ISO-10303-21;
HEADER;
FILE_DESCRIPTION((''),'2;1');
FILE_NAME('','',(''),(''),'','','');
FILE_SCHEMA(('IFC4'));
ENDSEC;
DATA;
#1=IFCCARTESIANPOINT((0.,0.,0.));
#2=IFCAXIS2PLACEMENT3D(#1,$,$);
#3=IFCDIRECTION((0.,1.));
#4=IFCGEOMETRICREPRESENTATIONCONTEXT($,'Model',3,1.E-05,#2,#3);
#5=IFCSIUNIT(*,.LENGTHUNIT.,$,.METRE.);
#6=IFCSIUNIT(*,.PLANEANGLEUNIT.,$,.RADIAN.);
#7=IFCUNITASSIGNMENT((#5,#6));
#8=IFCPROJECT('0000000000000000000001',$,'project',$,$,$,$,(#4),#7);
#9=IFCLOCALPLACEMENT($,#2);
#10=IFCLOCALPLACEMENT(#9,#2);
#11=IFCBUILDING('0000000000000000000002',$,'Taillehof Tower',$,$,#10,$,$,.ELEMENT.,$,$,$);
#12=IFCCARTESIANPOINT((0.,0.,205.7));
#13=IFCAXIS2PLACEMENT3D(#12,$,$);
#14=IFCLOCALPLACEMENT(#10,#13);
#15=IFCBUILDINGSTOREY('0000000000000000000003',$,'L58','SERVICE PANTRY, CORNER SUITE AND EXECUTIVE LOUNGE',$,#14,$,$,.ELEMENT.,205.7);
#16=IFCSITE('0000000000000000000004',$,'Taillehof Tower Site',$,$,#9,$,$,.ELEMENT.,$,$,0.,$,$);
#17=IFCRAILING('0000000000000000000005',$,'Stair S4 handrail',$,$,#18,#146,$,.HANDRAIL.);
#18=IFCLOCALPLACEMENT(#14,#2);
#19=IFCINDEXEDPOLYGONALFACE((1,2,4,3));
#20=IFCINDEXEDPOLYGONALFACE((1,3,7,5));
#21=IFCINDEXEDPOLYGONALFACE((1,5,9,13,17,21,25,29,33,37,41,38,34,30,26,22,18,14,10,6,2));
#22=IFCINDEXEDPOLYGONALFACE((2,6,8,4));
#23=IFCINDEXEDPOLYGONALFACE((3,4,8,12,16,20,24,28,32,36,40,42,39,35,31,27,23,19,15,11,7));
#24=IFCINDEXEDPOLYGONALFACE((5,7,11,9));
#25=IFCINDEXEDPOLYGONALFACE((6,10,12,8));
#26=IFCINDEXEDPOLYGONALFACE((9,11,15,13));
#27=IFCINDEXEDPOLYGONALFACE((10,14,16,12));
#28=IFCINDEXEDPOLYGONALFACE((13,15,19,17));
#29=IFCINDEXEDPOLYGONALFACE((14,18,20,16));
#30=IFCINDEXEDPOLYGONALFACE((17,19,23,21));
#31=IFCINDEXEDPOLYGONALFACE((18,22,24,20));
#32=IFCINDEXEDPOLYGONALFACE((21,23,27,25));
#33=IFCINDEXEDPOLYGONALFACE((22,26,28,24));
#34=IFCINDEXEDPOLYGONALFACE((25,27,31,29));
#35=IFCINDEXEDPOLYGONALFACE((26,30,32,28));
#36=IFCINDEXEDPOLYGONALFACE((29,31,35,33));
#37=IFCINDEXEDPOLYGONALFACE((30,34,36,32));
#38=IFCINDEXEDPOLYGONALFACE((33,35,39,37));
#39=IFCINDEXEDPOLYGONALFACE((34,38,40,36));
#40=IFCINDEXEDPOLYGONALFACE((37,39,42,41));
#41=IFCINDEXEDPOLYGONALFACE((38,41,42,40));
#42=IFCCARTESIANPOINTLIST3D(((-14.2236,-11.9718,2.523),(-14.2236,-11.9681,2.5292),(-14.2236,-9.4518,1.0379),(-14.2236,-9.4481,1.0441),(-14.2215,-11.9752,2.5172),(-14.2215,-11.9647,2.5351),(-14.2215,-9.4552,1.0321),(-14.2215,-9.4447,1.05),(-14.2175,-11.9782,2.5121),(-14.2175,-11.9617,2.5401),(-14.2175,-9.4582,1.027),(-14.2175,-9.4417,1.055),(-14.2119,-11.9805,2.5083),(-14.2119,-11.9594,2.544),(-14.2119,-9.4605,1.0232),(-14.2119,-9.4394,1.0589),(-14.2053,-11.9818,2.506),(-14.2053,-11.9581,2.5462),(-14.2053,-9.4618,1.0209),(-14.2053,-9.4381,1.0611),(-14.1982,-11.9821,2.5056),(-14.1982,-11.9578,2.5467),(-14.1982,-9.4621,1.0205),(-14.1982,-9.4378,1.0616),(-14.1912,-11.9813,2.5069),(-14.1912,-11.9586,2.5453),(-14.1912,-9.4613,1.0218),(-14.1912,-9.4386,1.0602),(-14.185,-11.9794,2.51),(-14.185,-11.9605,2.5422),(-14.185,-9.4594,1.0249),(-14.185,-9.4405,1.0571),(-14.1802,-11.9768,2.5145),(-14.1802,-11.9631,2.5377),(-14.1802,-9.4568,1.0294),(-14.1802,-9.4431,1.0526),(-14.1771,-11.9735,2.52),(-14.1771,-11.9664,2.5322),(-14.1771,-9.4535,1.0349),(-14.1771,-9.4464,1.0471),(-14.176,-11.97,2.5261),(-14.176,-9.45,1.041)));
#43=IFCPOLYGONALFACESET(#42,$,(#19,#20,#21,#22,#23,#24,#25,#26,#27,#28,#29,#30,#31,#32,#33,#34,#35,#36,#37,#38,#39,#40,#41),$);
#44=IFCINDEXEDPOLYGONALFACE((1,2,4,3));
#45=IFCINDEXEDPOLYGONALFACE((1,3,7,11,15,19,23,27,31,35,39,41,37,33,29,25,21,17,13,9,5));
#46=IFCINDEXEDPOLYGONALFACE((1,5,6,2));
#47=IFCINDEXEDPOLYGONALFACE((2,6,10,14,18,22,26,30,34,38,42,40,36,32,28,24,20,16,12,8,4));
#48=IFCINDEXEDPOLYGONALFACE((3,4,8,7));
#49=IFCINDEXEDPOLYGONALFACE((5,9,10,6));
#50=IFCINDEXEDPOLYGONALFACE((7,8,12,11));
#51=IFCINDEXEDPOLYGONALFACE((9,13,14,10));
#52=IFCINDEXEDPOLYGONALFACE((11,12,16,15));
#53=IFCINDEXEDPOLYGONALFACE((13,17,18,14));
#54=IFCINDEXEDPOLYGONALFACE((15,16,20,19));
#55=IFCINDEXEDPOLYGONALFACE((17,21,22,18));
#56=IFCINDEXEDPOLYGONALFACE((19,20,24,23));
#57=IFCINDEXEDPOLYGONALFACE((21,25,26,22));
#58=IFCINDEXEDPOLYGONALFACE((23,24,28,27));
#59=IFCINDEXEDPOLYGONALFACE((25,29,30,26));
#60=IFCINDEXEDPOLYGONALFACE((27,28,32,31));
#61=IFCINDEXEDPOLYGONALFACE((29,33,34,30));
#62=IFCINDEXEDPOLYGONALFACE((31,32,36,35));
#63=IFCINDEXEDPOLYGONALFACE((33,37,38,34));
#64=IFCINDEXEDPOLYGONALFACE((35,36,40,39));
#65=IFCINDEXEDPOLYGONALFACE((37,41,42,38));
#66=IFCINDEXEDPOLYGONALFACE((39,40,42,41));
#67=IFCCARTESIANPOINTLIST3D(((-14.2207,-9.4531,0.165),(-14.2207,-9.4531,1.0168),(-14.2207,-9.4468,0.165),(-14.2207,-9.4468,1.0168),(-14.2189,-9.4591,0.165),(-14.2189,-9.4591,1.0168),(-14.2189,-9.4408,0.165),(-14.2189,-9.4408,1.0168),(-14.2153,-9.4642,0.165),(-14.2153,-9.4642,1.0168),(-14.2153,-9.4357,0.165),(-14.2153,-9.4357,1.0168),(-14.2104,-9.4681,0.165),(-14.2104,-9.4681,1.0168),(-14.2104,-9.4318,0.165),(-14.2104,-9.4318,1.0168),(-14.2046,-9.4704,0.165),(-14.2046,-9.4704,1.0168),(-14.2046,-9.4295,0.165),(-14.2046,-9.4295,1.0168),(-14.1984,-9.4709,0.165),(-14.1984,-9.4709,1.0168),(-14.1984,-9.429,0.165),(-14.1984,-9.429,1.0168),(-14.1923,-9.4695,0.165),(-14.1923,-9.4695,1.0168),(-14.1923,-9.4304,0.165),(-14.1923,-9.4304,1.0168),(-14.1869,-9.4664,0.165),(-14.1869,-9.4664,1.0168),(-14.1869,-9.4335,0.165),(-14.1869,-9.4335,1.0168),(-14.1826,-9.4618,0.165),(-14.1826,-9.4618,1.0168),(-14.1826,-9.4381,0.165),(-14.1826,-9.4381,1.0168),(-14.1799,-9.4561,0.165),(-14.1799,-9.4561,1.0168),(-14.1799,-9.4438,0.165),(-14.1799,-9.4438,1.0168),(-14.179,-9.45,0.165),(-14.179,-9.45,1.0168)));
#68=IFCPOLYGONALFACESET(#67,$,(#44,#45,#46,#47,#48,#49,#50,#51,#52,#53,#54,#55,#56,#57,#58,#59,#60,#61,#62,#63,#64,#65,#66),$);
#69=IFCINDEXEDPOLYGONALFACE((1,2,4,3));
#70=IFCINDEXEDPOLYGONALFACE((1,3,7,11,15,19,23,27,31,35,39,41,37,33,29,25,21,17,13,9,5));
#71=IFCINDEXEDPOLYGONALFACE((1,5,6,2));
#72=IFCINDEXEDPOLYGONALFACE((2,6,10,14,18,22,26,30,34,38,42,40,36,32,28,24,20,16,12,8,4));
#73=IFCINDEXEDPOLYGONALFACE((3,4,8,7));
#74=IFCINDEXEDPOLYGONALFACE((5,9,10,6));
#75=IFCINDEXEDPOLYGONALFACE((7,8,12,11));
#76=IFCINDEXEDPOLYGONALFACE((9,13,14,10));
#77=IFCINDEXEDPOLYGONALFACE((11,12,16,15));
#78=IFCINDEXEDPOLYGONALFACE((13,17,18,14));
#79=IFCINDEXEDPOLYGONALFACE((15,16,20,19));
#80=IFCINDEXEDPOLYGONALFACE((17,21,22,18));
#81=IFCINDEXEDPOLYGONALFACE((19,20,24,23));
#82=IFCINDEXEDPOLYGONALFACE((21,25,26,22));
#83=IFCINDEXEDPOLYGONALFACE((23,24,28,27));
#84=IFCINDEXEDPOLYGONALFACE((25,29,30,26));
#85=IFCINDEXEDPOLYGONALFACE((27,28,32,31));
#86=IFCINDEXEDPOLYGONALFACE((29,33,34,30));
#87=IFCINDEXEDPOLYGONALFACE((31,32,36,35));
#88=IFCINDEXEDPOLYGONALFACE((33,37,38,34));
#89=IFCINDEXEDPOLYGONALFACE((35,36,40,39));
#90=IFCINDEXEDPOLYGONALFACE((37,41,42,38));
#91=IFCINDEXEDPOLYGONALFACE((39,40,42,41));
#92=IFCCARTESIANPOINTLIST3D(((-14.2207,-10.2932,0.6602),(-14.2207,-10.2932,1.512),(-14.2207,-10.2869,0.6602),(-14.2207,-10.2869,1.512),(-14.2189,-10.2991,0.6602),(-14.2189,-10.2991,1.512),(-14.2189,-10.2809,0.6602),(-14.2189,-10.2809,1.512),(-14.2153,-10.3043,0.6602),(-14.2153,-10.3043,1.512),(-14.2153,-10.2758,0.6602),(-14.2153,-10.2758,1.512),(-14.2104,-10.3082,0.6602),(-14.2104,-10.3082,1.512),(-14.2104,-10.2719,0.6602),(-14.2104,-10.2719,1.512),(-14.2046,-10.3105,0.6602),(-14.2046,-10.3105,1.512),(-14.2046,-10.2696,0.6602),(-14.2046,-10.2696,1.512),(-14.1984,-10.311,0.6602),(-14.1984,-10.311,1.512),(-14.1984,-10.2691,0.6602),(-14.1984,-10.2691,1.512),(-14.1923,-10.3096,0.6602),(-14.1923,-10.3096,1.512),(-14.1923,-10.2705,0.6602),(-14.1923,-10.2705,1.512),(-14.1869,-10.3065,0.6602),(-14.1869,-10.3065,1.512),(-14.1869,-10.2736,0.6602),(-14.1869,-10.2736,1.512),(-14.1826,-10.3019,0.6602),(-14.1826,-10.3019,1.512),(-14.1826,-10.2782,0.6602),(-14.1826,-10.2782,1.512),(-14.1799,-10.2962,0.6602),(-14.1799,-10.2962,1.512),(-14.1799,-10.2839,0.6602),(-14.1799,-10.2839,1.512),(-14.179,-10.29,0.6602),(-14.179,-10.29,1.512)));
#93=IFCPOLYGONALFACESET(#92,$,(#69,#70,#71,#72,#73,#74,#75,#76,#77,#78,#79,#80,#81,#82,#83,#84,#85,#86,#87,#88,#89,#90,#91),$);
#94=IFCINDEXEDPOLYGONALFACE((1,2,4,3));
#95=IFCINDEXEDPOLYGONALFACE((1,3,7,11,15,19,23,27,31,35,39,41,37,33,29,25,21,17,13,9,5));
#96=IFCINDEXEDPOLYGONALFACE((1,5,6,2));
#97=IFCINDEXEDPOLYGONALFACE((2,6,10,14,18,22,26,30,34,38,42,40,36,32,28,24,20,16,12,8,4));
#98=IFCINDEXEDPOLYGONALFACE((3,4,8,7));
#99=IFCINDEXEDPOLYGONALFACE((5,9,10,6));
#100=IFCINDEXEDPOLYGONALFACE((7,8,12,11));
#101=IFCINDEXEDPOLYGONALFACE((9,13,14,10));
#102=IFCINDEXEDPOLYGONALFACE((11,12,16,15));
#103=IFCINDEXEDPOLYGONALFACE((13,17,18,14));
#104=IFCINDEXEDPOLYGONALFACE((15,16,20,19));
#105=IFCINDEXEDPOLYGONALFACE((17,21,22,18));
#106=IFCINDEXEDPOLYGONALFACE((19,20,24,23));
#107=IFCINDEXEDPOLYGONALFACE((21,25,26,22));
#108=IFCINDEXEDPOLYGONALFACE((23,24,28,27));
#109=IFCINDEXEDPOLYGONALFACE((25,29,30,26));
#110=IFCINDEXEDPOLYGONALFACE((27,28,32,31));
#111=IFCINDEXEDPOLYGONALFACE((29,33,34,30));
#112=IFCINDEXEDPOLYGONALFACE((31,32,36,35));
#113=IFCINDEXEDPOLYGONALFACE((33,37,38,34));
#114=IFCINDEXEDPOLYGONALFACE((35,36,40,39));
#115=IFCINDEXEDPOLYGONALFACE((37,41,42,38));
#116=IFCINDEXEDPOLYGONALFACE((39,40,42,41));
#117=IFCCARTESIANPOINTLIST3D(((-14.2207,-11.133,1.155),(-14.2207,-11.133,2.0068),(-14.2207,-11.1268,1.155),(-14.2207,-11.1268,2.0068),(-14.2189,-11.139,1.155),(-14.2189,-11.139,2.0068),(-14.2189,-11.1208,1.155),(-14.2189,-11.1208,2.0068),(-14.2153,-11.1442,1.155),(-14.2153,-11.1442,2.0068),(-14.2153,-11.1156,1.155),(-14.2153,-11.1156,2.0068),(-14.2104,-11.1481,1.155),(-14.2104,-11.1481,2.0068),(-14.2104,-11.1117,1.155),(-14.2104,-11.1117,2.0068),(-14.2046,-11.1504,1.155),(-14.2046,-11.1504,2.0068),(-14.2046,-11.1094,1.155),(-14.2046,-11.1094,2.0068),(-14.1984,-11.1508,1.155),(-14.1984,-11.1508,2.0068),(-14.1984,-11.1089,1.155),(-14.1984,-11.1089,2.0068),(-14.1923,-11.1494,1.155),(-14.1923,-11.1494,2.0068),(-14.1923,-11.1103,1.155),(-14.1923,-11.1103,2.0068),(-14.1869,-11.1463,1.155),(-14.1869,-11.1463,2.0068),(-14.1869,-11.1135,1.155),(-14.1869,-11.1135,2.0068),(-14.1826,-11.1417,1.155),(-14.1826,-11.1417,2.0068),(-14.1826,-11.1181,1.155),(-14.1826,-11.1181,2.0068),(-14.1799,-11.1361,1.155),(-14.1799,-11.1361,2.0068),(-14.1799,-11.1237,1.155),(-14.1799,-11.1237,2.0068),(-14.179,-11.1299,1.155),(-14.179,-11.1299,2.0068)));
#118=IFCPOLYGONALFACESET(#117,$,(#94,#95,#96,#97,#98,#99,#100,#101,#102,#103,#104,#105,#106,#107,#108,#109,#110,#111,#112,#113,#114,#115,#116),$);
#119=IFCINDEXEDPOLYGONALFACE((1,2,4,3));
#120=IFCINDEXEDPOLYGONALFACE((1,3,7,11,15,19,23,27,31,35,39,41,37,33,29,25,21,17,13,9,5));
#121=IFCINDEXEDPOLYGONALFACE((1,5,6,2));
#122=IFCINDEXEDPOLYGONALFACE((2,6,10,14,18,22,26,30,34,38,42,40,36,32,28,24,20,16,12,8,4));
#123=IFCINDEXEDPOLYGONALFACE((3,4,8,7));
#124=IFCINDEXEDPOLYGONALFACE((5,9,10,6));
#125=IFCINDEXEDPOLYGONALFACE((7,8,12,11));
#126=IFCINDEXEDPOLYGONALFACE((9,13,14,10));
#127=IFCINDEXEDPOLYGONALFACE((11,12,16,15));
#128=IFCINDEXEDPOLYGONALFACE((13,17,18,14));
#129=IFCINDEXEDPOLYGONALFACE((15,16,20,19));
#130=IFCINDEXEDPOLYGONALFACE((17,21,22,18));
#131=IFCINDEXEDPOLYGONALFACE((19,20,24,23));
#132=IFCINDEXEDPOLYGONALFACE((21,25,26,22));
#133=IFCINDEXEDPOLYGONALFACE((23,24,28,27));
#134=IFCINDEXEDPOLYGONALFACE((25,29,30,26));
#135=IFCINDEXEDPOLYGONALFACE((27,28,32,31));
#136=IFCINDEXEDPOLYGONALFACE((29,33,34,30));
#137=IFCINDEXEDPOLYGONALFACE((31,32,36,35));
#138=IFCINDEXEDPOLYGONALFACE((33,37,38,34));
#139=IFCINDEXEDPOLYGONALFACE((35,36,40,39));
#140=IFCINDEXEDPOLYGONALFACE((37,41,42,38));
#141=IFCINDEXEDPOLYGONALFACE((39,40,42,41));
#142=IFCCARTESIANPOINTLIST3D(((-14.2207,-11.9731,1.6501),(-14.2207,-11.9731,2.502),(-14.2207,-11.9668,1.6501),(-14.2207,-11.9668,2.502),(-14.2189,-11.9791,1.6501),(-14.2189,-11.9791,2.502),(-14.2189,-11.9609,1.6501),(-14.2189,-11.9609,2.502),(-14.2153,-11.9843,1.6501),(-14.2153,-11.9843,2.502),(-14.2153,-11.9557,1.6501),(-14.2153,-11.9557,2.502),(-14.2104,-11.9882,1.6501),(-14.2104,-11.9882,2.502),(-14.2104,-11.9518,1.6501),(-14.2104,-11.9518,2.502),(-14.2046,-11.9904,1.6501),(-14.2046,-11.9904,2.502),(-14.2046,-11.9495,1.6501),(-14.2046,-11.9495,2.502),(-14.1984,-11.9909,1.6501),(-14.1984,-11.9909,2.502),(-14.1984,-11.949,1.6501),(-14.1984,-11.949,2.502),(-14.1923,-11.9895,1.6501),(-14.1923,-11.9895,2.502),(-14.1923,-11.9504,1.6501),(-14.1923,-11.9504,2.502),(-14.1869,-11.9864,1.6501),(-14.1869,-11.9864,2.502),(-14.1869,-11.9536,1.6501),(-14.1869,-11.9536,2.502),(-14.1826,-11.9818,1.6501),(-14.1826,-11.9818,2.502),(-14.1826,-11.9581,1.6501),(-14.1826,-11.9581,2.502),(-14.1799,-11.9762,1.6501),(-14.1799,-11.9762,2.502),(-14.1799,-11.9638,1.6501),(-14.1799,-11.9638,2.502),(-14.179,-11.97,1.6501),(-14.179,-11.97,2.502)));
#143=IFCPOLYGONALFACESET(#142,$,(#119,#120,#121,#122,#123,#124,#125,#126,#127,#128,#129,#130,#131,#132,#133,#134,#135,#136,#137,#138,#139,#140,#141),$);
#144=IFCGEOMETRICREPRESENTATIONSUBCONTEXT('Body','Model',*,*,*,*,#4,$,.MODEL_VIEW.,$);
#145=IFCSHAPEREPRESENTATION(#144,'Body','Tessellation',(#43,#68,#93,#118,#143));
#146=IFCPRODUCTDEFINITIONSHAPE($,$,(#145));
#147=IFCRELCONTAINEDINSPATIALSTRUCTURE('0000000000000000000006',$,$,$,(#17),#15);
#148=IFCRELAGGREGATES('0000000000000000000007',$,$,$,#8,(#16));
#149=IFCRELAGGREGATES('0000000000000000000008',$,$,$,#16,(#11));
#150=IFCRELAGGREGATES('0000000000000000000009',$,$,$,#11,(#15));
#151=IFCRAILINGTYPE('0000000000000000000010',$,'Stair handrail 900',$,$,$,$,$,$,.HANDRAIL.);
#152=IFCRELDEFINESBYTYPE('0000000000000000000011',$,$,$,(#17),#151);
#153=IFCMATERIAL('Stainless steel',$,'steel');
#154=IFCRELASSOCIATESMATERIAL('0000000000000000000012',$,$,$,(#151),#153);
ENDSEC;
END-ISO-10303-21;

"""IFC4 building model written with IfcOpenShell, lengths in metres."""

from ifc_helpers import new_model, si_unit, direction, frame, origin, origin_2d, place, context, subcontext, project, spatial, circle, extrude, material, type_object, element, save


model = new_model("IFC4")

# Units and contexts
model_context = context("Model", 3, precision=1e-05, world=origin(), true_north=direction((0.0, 1.0)))
body_context = subcontext(model_context, "Body", "Model", "MODEL_VIEW")
ifc_project = project(units=[si_unit("LENGTHUNIT", "METRE"), si_unit("PLANEANGLEUNIT", "RADIAN")], contexts=[model_context])

# Site, building, storey
site_placement = place(None, origin())
site = spatial("IfcSite", under=ifc_project, at=site_placement, Name="Taillehof Tower Site", CompositionType="ELEMENT", RefElevation=0.0)
building_placement = place(site_placement, origin())
building = spatial("IfcBuilding", under=site, at=building_placement, Name="Taillehof Tower", CompositionType="ELEMENT")
storey_placement = place(building_placement, frame((0.0, 0.0, 205.7)))
storey = spatial("IfcBuildingStorey", under=building, at=storey_placement, Name="L58", Description="SERVICE PANTRY, CORNER SUITE AND EXECUTIVE LOUNGE", CompositionType="ELEMENT", Elevation=205.7)

# Railing
ifc_material_1 = material(Name="Stainless steel", Category="steel")
railing_type = type_object("IfcRailingType", Name="Stair handrail 900", PredefinedType="HANDRAIL", material=ifc_material_1)
railing_placement = place(storey_placement, frame((-14.2, -9.45, 0.165)))
element("IfcRailing", 1, at=railing_placement, inside=storey, type_object=railing_type, Name="Stair S4 handrail", PredefinedType="HANDRAIL", context=body_context, shape_type="SweptSolid", body=[
    extrude(circle(Radius=0.0239, at=origin_2d()), frame((0.0, 0.0, 0.876), z_axis=(0.0, -0.861524, 0.507717), x_axis=(1.0, 0.0, 0.0)), (0.0, 0.0, 1.0), 2.925),
    extrude(circle(Radius=0.021, at=origin_2d()), origin(), (0.0, 0.0, 1.0), 0.8518),
    extrude(circle(Radius=0.021, at=origin_2d()), frame((0.0, -0.8401, 0.4951)), (0.0, 0.0, 1.0), 0.8518),
    extrude(circle(Radius=0.021, at=origin_2d()), frame((0.0, -1.6799, 0.99)), (0.0, 0.0, 1.0), 0.8518),
    extrude(circle(Radius=0.021, at=origin_2d()), frame((0.0, -2.52, 1.4851)), (0.0, 0.0, 1.0), 0.8518),
])

save(model, "model.ifc")
